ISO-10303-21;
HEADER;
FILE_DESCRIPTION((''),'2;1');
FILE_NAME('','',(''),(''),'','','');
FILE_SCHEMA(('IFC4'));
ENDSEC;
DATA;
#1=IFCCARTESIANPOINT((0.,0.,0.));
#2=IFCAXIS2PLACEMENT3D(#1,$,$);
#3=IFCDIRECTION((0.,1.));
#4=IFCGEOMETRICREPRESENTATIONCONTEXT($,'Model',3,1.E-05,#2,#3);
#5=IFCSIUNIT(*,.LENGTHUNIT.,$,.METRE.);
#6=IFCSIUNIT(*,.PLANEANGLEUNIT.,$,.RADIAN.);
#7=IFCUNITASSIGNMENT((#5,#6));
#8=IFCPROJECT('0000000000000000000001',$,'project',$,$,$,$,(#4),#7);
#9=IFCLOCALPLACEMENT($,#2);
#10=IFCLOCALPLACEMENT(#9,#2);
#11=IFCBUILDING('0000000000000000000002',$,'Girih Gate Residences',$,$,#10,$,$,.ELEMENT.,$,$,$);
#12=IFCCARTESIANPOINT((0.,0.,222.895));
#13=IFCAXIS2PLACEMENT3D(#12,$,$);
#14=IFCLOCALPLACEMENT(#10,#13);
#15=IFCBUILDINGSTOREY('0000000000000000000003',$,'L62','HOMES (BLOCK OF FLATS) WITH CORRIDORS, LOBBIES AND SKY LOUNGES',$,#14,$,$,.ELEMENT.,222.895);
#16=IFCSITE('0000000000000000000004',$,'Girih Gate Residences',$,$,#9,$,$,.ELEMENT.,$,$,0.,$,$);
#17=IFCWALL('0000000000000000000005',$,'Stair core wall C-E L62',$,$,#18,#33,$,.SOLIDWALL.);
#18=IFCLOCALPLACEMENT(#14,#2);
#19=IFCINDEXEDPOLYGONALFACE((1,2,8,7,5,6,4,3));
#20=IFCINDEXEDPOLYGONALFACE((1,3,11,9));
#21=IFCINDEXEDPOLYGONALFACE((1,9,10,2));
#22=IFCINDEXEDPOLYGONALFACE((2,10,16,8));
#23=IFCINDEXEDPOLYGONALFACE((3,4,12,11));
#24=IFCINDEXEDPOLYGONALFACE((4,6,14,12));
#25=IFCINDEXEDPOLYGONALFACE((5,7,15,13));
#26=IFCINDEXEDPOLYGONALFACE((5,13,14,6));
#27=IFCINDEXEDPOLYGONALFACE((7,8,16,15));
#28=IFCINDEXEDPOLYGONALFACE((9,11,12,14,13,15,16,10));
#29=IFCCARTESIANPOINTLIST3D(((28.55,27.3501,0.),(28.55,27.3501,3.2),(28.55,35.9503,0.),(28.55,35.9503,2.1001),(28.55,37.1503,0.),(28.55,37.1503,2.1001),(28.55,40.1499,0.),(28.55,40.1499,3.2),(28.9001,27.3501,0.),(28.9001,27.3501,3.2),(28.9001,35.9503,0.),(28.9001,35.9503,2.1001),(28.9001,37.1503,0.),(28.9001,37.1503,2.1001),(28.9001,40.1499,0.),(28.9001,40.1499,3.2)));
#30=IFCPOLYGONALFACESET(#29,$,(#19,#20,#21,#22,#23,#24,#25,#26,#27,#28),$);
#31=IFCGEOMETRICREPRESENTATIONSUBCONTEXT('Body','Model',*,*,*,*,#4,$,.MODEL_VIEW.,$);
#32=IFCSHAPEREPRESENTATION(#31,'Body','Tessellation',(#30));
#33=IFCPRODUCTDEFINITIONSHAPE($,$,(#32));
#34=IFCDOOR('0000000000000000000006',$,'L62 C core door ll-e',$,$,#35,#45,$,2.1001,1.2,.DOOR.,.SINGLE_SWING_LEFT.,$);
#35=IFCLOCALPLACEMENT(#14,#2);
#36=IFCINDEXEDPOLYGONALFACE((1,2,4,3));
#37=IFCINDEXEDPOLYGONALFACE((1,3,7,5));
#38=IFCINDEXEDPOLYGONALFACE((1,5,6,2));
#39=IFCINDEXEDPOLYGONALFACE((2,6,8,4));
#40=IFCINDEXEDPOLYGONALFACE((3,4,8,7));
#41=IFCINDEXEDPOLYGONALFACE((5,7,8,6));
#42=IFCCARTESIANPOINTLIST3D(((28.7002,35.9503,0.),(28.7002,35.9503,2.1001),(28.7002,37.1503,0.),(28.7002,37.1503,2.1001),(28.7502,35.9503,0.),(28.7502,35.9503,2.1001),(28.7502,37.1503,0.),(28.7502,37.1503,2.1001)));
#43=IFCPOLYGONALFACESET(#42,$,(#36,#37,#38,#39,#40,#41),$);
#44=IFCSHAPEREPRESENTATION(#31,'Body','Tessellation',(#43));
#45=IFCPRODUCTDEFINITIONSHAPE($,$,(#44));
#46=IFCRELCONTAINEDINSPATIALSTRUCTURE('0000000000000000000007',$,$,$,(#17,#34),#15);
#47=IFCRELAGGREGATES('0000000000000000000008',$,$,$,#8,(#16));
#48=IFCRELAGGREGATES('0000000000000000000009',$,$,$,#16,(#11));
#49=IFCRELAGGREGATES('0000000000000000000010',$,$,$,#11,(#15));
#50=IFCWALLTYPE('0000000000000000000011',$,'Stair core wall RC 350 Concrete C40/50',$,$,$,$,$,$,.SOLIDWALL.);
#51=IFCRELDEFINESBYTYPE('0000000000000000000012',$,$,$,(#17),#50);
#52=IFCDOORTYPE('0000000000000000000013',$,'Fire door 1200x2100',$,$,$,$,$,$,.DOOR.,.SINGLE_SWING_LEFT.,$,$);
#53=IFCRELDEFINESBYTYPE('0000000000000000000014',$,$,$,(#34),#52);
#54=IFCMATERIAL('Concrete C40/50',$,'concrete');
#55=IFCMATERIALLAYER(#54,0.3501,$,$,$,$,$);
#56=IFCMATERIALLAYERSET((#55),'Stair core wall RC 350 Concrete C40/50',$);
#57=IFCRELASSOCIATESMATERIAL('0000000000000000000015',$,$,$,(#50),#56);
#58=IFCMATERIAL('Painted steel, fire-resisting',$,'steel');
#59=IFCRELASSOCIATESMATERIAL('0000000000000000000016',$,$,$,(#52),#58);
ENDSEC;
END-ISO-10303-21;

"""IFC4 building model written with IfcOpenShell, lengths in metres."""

from ifc_helpers import new_model, si_unit, direction, frame, frame_2d, origin, place, context, subcontext, project, spatial, rectangle, extrude, material, layer, layer_set, type_object, element, fill, save


model = new_model("IFC4")

# Units and contexts
model_context = context("Model", 3, precision=1e-05, world=origin(), true_north=direction((0.0, 1.0)))
body_context = subcontext(model_context, "Body", "Model", "MODEL_VIEW")
ifc_project = project(units=[si_unit("LENGTHUNIT", "METRE"), si_unit("PLANEANGLEUNIT", "RADIAN")], contexts=[model_context])

# Site, building, storey
site_placement = place(None, origin())
site = spatial("IfcSite", under=ifc_project, at=site_placement, Name="Girih Gate Residences", CompositionType="ELEMENT", RefElevation=0.0)
building_placement = place(site_placement, origin())
building = spatial("IfcBuilding", under=site, at=building_placement, Name="Girih Gate Residences", CompositionType="ELEMENT")
storey_placement = place(building_placement, frame((0.0, 0.0, 222.895)))
storey = spatial("IfcBuildingStorey", under=building, at=storey_placement, Name="L62", Description="HOMES (BLOCK OF FLATS) WITH CORRIDORS, LOBBIES AND SKY LOUNGES", CompositionType="ELEMENT", Elevation=222.895)

# Wall, opening, door
ifc_material_1 = material(Name="Concrete C40/50", Category="concrete")
ifc_layer_1 = layer(ifc_material_1, 0.3501)
ifc_layer_set_1 = layer_set([ifc_layer_1], Name="Stair core wall RC 350 Concrete C40/50")
wall_type_1 = type_object("IfcWallType", Name="Stair core wall RC 350 Concrete C40/50", PredefinedType="SOLIDWALL", material=ifc_layer_set_1)
ifc_material_2 = material(Name="Painted steel, fire-resisting", Category="steel")
door_type_1 = type_object("IfcDoorType", Name="Fire door 1200x2100", OperationType="SINGLE_SWING_LEFT", PredefinedType="DOOR", material=ifc_material_2)
wall_1_placement = place(storey_placement, frame((28.7251, 27.3501, 0.0), z_axis=(0.0, 0.0, 1.0), x_axis=(0.0, 1.0, 0.0)))
wall_1 = element("IfcWall", 1, at=wall_1_placement, inside=storey, type_object=wall_type_1, Name="Stair core wall C-E L62", PredefinedType="SOLIDWALL", context=body_context, shape_type="SweptSolid", body=[
    extrude(rectangle(XDim=12.7998, YDim=0.3501, at=frame_2d((6.3999, 0.0))), origin(), (0.0, 0.0, 1.0), 3.2),
])
opening_1_placement = place(wall_1_placement, frame((8.6001, 0.0, 0.0)))
opening_1 = element("IfcOpeningElement", 2, at=opening_1_placement, cuts=wall_1, PredefinedType="OPENING", context=body_context, shape_type="SweptSolid", body=[
    extrude(rectangle(XDim=1.2, YDim=2.1001, at=frame_2d((0.6001, 1.05))), frame((0.0, 0.1851, 0.0), z_axis=(0.0, -1.0, 0.0), x_axis=(1.0, 0.0, 0.0)), (0.0, 0.0, 1.0), 0.3701),
])
door_1_placement = place(opening_1_placement, origin())
door_1 = element("IfcDoor", 3, at=door_1_placement, inside=storey, type_object=door_type_1, Name="L62 C core door ll-e", OperationType="SINGLE_SWING_LEFT", OverallHeight=2.1001, OverallWidth=1.2, PredefinedType="DOOR", context=body_context, shape_type="SweptSolid", body=[
    extrude(rectangle(XDim=1.2, YDim=2.1001, at=frame_2d((0.6001, 1.05))), frame((0.0, 0.0249, 0.0), z_axis=(0.0, -1.0, 0.0), x_axis=(1.0, 0.0, 0.0)), (0.0, 0.0, 1.0), 0.05),
])
fill(opening_1, door_1)

save(model, "model.ifc")
